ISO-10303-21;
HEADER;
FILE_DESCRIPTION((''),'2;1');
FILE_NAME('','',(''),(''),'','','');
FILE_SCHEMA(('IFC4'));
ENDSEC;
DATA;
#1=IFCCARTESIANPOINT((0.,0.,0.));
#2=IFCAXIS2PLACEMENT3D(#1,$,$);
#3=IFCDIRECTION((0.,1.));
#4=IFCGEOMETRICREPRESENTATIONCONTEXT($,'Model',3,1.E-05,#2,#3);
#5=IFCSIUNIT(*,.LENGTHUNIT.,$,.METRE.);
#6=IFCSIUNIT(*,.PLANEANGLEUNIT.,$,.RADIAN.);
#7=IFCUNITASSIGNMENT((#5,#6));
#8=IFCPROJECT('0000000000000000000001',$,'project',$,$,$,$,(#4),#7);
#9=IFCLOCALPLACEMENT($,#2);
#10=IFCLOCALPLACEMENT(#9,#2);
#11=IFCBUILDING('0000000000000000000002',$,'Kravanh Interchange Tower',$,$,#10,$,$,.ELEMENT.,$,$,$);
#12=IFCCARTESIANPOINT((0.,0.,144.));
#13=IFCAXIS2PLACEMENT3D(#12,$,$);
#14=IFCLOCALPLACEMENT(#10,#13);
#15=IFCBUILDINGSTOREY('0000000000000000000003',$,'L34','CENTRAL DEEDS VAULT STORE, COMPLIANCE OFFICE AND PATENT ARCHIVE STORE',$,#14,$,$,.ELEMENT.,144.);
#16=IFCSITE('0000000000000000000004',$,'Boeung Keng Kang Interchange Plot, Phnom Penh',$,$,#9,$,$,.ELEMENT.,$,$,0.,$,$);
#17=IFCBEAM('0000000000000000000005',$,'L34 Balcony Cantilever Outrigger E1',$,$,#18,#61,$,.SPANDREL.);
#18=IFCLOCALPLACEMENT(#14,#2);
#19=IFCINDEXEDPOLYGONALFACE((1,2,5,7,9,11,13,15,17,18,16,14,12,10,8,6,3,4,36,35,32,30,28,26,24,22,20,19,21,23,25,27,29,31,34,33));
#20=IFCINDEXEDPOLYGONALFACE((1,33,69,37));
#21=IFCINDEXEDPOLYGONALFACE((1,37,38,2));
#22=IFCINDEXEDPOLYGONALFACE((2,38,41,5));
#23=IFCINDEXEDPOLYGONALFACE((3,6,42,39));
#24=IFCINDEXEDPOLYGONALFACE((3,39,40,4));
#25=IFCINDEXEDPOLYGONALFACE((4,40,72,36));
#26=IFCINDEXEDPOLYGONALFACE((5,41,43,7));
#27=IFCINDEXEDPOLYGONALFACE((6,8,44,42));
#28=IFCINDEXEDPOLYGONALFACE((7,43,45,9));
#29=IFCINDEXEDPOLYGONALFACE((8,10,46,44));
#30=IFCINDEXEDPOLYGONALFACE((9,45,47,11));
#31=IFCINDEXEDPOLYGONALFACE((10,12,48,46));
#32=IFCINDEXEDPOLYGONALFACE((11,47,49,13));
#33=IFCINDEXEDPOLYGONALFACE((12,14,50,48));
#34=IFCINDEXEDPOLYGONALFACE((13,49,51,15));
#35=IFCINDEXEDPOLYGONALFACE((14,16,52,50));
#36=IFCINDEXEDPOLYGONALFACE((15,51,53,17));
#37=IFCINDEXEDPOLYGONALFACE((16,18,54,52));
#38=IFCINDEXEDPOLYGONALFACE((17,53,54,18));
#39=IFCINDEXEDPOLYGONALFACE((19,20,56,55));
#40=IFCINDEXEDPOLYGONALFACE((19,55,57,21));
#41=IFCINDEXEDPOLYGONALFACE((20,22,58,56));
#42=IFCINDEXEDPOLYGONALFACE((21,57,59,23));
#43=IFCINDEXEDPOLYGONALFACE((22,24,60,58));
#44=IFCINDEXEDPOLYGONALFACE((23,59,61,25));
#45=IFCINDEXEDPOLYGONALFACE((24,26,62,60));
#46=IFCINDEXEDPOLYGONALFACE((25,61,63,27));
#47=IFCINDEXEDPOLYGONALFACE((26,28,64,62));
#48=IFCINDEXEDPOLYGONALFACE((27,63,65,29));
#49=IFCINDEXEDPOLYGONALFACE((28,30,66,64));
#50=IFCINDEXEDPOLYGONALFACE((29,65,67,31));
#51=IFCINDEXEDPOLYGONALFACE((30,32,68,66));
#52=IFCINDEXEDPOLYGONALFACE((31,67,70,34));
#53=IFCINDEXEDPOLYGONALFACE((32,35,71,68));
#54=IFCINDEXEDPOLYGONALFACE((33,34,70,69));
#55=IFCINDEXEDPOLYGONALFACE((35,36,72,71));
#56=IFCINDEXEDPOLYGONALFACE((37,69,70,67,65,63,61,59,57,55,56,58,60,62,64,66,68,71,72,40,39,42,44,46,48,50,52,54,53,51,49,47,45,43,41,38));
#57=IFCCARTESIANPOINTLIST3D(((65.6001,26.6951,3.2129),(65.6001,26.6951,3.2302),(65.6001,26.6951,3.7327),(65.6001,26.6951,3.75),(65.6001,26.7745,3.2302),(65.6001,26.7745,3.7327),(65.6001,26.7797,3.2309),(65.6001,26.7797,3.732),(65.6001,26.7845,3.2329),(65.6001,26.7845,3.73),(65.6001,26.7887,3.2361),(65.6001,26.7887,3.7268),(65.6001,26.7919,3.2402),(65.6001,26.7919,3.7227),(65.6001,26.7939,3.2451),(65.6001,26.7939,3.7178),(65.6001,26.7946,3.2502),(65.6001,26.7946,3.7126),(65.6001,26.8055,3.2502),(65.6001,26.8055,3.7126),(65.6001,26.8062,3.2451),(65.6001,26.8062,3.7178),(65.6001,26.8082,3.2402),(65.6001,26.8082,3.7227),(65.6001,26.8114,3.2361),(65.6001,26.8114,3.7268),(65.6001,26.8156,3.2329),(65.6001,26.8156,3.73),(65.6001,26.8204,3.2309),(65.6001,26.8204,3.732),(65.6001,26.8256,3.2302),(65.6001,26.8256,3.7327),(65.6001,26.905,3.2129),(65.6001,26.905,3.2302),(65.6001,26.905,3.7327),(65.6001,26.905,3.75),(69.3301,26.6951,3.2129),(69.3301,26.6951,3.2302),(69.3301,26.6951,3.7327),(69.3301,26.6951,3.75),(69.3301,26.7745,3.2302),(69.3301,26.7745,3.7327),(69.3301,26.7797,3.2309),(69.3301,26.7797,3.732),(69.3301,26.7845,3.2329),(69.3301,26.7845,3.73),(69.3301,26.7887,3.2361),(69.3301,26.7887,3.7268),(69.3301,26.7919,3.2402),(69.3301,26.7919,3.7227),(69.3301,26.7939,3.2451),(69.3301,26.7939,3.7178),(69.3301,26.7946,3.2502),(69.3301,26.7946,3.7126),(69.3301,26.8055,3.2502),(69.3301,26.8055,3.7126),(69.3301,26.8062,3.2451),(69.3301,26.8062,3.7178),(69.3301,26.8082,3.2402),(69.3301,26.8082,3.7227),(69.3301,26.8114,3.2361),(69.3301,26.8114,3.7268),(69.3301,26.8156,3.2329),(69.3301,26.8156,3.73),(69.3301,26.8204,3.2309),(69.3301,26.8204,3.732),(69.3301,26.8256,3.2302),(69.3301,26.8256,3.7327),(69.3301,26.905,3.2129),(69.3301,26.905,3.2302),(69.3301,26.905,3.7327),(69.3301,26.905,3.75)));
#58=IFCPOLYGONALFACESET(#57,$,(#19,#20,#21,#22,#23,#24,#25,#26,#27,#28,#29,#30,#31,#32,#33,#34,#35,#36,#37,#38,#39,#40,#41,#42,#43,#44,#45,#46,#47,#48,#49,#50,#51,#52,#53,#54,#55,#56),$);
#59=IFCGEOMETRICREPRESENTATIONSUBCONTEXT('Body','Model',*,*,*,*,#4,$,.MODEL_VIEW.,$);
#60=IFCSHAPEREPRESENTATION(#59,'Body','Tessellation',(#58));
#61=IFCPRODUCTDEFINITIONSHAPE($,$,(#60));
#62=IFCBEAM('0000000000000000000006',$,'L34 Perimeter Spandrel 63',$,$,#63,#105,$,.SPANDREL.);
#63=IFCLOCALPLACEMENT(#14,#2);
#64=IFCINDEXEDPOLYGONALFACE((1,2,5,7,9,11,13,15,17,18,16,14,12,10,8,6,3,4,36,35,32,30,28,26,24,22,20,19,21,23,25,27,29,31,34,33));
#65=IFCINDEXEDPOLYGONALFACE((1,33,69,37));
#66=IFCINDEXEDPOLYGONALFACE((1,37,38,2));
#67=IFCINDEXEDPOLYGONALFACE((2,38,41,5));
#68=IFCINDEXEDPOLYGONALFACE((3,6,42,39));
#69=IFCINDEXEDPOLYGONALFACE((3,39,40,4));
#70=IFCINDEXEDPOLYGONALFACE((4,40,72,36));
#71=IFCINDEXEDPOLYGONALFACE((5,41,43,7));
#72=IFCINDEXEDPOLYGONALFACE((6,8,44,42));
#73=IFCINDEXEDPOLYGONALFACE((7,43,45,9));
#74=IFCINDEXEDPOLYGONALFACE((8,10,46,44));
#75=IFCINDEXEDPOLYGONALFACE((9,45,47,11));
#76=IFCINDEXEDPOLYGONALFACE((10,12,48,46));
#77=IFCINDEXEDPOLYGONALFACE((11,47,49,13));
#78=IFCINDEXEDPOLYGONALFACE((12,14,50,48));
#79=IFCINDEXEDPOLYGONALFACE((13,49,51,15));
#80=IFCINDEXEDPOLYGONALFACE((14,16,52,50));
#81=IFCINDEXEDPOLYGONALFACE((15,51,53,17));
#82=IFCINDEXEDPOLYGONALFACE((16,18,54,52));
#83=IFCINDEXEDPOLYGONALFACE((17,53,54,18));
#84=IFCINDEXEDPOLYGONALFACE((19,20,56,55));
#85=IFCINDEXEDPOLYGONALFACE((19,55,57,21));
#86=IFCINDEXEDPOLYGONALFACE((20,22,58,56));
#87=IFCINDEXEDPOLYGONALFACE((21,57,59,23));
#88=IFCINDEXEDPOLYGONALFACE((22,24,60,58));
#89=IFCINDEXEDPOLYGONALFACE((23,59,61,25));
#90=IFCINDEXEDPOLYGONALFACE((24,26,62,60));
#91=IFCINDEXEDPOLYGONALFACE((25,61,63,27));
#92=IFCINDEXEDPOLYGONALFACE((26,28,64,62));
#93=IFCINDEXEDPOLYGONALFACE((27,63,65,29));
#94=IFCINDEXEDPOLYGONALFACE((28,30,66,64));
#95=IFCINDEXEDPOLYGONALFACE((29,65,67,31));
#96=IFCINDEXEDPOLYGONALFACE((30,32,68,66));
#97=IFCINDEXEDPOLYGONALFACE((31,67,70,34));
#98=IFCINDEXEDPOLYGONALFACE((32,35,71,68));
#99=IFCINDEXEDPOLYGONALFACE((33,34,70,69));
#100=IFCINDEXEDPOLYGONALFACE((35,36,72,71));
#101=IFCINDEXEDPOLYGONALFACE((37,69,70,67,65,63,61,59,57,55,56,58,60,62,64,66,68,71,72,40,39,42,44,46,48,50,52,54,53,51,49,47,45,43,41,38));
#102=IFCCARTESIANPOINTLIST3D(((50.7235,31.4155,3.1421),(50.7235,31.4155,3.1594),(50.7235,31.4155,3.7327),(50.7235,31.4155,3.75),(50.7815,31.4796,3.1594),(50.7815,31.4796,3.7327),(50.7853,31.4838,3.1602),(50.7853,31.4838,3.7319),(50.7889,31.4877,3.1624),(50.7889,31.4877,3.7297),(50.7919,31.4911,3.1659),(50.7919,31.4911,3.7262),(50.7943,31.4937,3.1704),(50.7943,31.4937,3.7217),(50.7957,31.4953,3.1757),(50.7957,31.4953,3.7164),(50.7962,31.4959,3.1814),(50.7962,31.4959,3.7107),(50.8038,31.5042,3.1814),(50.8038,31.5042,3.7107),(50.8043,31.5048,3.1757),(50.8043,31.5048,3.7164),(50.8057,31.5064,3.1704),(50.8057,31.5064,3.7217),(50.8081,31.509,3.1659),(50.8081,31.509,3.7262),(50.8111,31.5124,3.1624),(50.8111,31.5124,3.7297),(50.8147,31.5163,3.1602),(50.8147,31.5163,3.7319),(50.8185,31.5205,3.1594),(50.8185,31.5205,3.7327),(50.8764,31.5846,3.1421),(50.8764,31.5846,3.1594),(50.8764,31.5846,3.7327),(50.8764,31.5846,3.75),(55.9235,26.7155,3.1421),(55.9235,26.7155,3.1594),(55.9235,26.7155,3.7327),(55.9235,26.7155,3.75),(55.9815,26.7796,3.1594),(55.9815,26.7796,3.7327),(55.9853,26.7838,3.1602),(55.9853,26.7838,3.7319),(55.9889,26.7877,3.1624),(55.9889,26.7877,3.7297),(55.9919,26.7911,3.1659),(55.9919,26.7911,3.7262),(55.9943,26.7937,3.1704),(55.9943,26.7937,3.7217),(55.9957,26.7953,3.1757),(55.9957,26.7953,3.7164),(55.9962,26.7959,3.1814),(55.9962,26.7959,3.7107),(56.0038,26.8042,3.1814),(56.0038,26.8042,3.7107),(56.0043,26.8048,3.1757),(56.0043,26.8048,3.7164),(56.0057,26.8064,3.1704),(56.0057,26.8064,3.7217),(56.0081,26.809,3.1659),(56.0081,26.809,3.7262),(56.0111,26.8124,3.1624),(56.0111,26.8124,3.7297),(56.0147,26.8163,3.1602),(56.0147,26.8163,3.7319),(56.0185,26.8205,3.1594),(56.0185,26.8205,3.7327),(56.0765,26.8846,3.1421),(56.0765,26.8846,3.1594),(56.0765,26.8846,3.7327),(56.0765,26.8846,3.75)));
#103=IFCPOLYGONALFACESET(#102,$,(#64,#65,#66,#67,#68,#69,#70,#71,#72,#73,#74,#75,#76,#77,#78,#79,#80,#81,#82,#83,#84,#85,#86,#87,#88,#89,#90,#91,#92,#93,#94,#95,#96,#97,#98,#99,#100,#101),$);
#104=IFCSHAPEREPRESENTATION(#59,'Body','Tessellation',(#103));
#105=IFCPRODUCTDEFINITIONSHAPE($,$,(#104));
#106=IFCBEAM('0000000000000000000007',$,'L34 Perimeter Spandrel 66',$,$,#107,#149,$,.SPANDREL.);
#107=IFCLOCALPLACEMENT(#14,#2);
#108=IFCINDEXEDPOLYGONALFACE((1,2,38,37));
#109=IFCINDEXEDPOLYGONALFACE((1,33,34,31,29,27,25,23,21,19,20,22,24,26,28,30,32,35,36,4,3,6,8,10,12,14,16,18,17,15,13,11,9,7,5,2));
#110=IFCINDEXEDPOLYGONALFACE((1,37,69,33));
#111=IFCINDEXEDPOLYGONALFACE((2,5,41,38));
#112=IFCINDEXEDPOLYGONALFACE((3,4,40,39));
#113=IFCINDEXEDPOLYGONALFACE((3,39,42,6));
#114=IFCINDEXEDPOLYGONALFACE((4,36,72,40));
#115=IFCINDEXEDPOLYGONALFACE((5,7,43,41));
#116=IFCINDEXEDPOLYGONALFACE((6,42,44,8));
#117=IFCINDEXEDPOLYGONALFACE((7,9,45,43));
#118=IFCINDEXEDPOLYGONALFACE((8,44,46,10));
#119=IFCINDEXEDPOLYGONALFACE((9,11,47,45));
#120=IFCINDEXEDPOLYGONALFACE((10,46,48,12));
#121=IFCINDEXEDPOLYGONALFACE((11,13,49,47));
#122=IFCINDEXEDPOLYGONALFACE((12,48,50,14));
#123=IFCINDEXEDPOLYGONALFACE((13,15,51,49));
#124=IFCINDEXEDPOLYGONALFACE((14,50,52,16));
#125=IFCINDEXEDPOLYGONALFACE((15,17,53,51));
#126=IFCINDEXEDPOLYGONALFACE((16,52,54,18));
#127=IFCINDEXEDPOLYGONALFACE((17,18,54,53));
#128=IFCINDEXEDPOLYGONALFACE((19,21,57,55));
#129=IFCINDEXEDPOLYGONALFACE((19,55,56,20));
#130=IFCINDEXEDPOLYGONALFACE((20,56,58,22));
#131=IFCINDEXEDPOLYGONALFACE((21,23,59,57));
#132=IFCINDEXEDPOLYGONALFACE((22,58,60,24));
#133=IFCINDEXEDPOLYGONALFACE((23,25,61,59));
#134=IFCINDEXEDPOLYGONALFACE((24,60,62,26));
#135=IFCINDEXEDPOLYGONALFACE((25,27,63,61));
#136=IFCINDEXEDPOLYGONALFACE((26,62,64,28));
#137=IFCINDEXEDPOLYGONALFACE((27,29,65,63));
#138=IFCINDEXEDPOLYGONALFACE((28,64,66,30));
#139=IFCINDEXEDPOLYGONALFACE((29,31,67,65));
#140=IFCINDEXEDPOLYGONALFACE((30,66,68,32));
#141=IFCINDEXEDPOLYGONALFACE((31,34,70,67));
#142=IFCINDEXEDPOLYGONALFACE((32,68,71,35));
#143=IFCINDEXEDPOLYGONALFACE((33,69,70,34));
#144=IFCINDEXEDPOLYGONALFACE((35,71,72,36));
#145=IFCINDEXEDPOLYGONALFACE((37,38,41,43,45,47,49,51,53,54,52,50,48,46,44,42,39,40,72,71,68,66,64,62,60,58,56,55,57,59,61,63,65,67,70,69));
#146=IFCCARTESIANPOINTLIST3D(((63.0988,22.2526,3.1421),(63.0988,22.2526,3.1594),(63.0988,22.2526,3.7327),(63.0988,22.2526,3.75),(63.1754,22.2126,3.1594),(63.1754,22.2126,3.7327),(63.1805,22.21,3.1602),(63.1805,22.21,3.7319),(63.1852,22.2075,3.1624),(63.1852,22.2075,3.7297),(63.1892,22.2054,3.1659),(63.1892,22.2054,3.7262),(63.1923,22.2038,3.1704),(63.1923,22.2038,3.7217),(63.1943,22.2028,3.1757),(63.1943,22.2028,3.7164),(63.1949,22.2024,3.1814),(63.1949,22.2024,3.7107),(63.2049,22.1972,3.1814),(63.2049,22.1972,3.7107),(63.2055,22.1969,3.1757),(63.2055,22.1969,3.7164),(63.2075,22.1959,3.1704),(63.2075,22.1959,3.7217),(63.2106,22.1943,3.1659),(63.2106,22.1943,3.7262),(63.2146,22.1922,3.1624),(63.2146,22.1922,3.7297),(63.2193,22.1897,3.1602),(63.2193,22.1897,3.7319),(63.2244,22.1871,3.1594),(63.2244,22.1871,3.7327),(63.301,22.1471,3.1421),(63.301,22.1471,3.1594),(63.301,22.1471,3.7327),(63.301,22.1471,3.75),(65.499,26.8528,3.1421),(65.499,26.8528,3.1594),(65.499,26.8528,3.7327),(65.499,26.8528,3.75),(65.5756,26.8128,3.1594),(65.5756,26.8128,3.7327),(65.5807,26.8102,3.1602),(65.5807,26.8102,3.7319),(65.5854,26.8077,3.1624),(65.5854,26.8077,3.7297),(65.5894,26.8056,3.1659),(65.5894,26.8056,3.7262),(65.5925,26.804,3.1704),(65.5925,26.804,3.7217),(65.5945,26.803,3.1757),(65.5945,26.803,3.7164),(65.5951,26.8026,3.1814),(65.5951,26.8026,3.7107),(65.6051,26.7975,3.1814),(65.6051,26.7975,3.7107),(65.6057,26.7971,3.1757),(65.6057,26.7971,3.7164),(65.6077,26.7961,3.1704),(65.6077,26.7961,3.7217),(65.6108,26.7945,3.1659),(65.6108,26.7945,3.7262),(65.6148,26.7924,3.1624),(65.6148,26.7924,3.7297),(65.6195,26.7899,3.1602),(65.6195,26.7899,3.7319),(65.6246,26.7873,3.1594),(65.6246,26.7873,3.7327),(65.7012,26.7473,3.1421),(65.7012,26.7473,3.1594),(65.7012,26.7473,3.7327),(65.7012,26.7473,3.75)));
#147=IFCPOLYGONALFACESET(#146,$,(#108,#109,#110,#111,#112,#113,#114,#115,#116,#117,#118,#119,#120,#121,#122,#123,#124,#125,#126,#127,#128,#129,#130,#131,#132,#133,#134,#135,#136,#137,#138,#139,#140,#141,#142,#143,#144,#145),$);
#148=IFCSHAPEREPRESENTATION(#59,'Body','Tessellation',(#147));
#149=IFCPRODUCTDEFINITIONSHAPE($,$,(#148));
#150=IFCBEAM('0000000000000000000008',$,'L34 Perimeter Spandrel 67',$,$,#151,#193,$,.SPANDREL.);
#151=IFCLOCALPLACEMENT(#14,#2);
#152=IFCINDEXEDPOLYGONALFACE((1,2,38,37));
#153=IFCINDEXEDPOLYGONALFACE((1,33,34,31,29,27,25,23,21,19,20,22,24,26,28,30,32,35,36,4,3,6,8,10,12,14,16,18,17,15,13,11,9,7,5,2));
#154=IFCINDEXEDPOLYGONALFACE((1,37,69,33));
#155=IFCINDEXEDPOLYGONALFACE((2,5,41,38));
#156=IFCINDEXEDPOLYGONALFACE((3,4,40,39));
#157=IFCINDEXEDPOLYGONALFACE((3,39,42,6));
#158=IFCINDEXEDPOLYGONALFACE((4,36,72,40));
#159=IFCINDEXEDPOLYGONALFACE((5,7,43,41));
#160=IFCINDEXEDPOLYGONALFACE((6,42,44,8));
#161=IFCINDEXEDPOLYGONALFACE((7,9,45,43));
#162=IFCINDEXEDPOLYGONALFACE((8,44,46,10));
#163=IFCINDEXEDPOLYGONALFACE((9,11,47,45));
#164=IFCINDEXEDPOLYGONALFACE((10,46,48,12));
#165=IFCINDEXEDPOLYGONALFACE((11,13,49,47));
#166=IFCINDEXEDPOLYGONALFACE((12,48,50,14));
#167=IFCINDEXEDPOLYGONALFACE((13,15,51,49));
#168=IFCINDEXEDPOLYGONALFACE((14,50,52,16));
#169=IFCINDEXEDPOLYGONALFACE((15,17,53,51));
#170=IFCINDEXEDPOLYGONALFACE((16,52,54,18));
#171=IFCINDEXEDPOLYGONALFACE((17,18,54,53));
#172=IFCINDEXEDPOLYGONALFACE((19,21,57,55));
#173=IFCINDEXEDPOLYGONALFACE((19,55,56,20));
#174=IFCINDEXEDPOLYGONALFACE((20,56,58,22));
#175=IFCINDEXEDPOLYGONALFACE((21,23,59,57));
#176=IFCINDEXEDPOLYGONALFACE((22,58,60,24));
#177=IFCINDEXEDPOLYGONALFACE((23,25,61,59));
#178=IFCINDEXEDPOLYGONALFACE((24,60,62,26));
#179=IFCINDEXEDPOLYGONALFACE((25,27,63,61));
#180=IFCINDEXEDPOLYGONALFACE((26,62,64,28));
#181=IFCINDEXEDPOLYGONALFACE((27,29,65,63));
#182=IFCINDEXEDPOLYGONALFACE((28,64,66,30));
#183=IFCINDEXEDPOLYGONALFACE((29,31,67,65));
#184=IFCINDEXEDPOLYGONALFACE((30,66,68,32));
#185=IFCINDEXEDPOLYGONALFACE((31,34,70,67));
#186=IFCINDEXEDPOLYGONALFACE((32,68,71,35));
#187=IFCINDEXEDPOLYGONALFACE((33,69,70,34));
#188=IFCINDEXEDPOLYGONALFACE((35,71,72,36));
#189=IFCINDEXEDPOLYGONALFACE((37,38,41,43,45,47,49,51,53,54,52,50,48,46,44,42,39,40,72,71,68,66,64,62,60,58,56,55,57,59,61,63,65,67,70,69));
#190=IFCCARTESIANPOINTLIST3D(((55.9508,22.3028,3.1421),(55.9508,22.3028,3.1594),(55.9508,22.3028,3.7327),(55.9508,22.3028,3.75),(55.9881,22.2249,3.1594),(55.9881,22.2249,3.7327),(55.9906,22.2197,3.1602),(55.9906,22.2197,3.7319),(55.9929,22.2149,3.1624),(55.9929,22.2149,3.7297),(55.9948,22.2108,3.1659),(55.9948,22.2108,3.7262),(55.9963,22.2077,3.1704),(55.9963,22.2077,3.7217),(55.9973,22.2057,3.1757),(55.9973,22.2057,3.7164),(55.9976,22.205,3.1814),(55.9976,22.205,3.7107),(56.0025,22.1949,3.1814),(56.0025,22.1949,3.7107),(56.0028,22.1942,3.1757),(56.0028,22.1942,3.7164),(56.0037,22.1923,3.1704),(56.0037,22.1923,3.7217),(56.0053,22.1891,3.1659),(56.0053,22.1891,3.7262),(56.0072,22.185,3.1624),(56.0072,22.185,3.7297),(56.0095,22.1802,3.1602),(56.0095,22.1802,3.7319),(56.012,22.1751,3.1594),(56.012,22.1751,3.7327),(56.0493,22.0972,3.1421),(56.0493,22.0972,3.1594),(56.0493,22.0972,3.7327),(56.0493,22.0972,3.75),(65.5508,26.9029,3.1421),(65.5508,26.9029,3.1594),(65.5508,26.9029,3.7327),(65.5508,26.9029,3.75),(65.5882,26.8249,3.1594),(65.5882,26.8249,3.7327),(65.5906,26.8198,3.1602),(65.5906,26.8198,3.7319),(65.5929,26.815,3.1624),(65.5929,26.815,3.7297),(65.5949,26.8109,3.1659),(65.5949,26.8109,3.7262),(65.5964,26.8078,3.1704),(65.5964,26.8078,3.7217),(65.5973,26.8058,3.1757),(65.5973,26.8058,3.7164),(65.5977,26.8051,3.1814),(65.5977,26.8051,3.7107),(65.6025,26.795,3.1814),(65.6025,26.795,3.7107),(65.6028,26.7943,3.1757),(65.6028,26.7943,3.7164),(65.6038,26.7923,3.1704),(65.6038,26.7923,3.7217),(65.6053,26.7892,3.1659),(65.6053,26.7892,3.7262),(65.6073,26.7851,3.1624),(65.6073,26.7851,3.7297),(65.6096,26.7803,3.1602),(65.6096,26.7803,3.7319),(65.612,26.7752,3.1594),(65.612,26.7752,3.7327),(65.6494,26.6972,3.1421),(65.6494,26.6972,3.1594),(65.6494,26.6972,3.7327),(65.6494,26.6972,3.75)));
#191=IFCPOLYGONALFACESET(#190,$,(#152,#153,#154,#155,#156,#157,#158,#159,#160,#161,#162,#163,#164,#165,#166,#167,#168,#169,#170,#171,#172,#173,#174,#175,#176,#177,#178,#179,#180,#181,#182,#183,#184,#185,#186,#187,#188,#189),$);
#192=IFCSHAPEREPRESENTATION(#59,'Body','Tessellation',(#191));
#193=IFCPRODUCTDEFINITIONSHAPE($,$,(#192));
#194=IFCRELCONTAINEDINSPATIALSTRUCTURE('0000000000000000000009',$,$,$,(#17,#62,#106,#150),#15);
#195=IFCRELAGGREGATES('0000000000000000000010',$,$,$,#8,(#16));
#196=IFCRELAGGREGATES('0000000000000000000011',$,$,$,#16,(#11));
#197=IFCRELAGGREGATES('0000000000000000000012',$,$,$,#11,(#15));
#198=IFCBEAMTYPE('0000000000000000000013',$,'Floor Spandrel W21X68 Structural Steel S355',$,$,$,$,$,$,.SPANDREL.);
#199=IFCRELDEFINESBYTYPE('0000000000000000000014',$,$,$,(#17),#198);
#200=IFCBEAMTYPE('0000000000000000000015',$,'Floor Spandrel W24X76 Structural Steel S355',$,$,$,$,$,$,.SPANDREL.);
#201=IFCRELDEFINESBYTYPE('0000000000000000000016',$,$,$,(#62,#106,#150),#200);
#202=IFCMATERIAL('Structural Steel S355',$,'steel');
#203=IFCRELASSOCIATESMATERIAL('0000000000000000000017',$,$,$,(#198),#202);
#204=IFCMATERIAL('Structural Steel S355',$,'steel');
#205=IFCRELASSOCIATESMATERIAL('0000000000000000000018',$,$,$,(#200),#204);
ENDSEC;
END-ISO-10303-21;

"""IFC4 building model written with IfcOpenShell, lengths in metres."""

from ifc_helpers import new_model, si_unit, direction, frame, origin, origin_2d, place, context, subcontext, project, spatial, i_section, extrude, material, material_profile, profile_set, type_object, element, save


model = new_model("IFC4")

# Units and contexts
model_context = context("Model", 3, precision=1e-05, world=origin(), true_north=direction((0.0, 1.0)))
body_context = subcontext(model_context, "Body", "Model", "MODEL_VIEW")
ifc_project = project(units=[si_unit("LENGTHUNIT", "METRE"), si_unit("PLANEANGLEUNIT", "RADIAN")], contexts=[model_context])

# Site, building, storey
site_placement = place(None, origin())
site = spatial("IfcSite", under=ifc_project, at=site_placement, Name="Boeung Keng Kang Interchange Plot, Phnom Penh", CompositionType="ELEMENT", RefElevation=0.0)
building_placement = place(site_placement, origin())
building = spatial("IfcBuilding", under=site, at=building_placement, Name="Kravanh Interchange Tower", CompositionType="ELEMENT")
storey_placement = place(building_placement, frame((0.0, 0.0, 144.0)))
storey = spatial("IfcBuildingStorey", under=building, at=storey_placement, Name="L34", Description="CENTRAL DEEDS VAULT STORE, COMPLIANCE OFFICE AND PATENT ARCHIVE STORE", CompositionType="ELEMENT", Elevation=144.0)

# Beams
ifc_material_1 = material(Name="Structural Steel S355", Category="steel")
ifc_material_profile_1 = material_profile(ifc_material_1, i_section(OverallWidth=0.21, OverallDepth=0.5371, WebThickness=0.011, FlangeThickness=0.0173, FilletRadius=0.02, at=origin_2d()), Name="W21X68")
ifc_profile_set_1 = profile_set([ifc_material_profile_1], Name="Structural Steel S355")
beam_type_1 = type_object("IfcBeamType", Name="Floor Spandrel W21X68 Structural Steel S355", PredefinedType="SPANDREL", material=ifc_profile_set_1)
beam_1_placement = place(storey_placement, frame((65.6001, 26.8, 3.4814), z_axis=(1.0, 0.0, 0.0), x_axis=(0.0, 1.0, 0.0)))
element("IfcBeam", 1, at=beam_1_placement, inside=storey, type_object=beam_type_1, Name="L34 Balcony Cantilever Outrigger E1", PredefinedType="SPANDREL", context=body_context, shape_type="SweptSolid", body=[
    extrude(i_section(OverallWidth=0.21, OverallDepth=0.5371, WebThickness=0.011, FlangeThickness=0.0173, FilletRadius=0.02, at=origin_2d()), origin(), (0.0, 0.0, 1.0), 3.73),
])
ifc_material_2 = material(Name="Structural Steel S355", Category="steel")
ifc_material_profile_2 = material_profile(ifc_material_2, i_section(OverallWidth=0.228, OverallDepth=0.6079, WebThickness=0.0112, FlangeThickness=0.0173, FilletRadius=0.022, at=origin_2d()), Name="W24X76")
ifc_profile_set_2 = profile_set([ifc_material_profile_2], Name="Structural Steel S355")
beam_type_2 = type_object("IfcBeamType", Name="Floor Spandrel W24X76 Structural Steel S355", PredefinedType="SPANDREL", material=ifc_profile_set_2)
beam_2_placement = place(storey_placement, frame((56.0, 26.8, 3.446), z_axis=(-0.741874, 0.670539, 0.0), x_axis=(-0.670539, -0.741874, 0.0)))
element("IfcBeam", 2, at=beam_2_placement, inside=storey, type_object=beam_type_2, Name="L34 Perimeter Spandrel 63", PredefinedType="SPANDREL", context=body_context, shape_type="SweptSolid", body=[
    extrude(i_section(OverallWidth=0.228, OverallDepth=0.6079, WebThickness=0.0112, FlangeThickness=0.0173, FilletRadius=0.022, at=origin_2d()), origin(), (0.0, 0.0, 1.0), 7.0093),
])
beam_3_placement = place(storey_placement, frame((65.6001, 26.8, 3.446), z_axis=(-0.46258, -0.886577, 0.0), x_axis=(0.886577, -0.46258, 0.0)))
element("IfcBeam", 3, at=beam_3_placement, inside=storey, type_object=beam_type_2, Name="L34 Perimeter Spandrel 66", PredefinedType="SPANDREL", context=body_context, shape_type="SweptSolid", body=[
    extrude(i_section(OverallWidth=0.228, OverallDepth=0.6079, WebThickness=0.0112, FlangeThickness=0.0173, FilletRadius=0.022, at=origin_2d()), origin(), (0.0, 0.0, 1.0), 5.1887),
])
beam_4_placement = place(storey_placement, frame((65.6001, 26.8, 3.446), z_axis=(-0.901814, -0.432124, 0.0), x_axis=(0.432124, -0.901814, 0.0)))
element("IfcBeam", 4, at=beam_4_placement, inside=storey, type_object=beam_type_2, Name="L34 Perimeter Spandrel 67", PredefinedType="SPANDREL", context=body_context, shape_type="SweptSolid", body=[
    extrude(i_section(OverallWidth=0.228, OverallDepth=0.6079, WebThickness=0.0112, FlangeThickness=0.0173, FilletRadius=0.022, at=origin_2d()), origin(), (0.0, 0.0, 1.0), 10.6453),
])

save(model, "model.ifc")
